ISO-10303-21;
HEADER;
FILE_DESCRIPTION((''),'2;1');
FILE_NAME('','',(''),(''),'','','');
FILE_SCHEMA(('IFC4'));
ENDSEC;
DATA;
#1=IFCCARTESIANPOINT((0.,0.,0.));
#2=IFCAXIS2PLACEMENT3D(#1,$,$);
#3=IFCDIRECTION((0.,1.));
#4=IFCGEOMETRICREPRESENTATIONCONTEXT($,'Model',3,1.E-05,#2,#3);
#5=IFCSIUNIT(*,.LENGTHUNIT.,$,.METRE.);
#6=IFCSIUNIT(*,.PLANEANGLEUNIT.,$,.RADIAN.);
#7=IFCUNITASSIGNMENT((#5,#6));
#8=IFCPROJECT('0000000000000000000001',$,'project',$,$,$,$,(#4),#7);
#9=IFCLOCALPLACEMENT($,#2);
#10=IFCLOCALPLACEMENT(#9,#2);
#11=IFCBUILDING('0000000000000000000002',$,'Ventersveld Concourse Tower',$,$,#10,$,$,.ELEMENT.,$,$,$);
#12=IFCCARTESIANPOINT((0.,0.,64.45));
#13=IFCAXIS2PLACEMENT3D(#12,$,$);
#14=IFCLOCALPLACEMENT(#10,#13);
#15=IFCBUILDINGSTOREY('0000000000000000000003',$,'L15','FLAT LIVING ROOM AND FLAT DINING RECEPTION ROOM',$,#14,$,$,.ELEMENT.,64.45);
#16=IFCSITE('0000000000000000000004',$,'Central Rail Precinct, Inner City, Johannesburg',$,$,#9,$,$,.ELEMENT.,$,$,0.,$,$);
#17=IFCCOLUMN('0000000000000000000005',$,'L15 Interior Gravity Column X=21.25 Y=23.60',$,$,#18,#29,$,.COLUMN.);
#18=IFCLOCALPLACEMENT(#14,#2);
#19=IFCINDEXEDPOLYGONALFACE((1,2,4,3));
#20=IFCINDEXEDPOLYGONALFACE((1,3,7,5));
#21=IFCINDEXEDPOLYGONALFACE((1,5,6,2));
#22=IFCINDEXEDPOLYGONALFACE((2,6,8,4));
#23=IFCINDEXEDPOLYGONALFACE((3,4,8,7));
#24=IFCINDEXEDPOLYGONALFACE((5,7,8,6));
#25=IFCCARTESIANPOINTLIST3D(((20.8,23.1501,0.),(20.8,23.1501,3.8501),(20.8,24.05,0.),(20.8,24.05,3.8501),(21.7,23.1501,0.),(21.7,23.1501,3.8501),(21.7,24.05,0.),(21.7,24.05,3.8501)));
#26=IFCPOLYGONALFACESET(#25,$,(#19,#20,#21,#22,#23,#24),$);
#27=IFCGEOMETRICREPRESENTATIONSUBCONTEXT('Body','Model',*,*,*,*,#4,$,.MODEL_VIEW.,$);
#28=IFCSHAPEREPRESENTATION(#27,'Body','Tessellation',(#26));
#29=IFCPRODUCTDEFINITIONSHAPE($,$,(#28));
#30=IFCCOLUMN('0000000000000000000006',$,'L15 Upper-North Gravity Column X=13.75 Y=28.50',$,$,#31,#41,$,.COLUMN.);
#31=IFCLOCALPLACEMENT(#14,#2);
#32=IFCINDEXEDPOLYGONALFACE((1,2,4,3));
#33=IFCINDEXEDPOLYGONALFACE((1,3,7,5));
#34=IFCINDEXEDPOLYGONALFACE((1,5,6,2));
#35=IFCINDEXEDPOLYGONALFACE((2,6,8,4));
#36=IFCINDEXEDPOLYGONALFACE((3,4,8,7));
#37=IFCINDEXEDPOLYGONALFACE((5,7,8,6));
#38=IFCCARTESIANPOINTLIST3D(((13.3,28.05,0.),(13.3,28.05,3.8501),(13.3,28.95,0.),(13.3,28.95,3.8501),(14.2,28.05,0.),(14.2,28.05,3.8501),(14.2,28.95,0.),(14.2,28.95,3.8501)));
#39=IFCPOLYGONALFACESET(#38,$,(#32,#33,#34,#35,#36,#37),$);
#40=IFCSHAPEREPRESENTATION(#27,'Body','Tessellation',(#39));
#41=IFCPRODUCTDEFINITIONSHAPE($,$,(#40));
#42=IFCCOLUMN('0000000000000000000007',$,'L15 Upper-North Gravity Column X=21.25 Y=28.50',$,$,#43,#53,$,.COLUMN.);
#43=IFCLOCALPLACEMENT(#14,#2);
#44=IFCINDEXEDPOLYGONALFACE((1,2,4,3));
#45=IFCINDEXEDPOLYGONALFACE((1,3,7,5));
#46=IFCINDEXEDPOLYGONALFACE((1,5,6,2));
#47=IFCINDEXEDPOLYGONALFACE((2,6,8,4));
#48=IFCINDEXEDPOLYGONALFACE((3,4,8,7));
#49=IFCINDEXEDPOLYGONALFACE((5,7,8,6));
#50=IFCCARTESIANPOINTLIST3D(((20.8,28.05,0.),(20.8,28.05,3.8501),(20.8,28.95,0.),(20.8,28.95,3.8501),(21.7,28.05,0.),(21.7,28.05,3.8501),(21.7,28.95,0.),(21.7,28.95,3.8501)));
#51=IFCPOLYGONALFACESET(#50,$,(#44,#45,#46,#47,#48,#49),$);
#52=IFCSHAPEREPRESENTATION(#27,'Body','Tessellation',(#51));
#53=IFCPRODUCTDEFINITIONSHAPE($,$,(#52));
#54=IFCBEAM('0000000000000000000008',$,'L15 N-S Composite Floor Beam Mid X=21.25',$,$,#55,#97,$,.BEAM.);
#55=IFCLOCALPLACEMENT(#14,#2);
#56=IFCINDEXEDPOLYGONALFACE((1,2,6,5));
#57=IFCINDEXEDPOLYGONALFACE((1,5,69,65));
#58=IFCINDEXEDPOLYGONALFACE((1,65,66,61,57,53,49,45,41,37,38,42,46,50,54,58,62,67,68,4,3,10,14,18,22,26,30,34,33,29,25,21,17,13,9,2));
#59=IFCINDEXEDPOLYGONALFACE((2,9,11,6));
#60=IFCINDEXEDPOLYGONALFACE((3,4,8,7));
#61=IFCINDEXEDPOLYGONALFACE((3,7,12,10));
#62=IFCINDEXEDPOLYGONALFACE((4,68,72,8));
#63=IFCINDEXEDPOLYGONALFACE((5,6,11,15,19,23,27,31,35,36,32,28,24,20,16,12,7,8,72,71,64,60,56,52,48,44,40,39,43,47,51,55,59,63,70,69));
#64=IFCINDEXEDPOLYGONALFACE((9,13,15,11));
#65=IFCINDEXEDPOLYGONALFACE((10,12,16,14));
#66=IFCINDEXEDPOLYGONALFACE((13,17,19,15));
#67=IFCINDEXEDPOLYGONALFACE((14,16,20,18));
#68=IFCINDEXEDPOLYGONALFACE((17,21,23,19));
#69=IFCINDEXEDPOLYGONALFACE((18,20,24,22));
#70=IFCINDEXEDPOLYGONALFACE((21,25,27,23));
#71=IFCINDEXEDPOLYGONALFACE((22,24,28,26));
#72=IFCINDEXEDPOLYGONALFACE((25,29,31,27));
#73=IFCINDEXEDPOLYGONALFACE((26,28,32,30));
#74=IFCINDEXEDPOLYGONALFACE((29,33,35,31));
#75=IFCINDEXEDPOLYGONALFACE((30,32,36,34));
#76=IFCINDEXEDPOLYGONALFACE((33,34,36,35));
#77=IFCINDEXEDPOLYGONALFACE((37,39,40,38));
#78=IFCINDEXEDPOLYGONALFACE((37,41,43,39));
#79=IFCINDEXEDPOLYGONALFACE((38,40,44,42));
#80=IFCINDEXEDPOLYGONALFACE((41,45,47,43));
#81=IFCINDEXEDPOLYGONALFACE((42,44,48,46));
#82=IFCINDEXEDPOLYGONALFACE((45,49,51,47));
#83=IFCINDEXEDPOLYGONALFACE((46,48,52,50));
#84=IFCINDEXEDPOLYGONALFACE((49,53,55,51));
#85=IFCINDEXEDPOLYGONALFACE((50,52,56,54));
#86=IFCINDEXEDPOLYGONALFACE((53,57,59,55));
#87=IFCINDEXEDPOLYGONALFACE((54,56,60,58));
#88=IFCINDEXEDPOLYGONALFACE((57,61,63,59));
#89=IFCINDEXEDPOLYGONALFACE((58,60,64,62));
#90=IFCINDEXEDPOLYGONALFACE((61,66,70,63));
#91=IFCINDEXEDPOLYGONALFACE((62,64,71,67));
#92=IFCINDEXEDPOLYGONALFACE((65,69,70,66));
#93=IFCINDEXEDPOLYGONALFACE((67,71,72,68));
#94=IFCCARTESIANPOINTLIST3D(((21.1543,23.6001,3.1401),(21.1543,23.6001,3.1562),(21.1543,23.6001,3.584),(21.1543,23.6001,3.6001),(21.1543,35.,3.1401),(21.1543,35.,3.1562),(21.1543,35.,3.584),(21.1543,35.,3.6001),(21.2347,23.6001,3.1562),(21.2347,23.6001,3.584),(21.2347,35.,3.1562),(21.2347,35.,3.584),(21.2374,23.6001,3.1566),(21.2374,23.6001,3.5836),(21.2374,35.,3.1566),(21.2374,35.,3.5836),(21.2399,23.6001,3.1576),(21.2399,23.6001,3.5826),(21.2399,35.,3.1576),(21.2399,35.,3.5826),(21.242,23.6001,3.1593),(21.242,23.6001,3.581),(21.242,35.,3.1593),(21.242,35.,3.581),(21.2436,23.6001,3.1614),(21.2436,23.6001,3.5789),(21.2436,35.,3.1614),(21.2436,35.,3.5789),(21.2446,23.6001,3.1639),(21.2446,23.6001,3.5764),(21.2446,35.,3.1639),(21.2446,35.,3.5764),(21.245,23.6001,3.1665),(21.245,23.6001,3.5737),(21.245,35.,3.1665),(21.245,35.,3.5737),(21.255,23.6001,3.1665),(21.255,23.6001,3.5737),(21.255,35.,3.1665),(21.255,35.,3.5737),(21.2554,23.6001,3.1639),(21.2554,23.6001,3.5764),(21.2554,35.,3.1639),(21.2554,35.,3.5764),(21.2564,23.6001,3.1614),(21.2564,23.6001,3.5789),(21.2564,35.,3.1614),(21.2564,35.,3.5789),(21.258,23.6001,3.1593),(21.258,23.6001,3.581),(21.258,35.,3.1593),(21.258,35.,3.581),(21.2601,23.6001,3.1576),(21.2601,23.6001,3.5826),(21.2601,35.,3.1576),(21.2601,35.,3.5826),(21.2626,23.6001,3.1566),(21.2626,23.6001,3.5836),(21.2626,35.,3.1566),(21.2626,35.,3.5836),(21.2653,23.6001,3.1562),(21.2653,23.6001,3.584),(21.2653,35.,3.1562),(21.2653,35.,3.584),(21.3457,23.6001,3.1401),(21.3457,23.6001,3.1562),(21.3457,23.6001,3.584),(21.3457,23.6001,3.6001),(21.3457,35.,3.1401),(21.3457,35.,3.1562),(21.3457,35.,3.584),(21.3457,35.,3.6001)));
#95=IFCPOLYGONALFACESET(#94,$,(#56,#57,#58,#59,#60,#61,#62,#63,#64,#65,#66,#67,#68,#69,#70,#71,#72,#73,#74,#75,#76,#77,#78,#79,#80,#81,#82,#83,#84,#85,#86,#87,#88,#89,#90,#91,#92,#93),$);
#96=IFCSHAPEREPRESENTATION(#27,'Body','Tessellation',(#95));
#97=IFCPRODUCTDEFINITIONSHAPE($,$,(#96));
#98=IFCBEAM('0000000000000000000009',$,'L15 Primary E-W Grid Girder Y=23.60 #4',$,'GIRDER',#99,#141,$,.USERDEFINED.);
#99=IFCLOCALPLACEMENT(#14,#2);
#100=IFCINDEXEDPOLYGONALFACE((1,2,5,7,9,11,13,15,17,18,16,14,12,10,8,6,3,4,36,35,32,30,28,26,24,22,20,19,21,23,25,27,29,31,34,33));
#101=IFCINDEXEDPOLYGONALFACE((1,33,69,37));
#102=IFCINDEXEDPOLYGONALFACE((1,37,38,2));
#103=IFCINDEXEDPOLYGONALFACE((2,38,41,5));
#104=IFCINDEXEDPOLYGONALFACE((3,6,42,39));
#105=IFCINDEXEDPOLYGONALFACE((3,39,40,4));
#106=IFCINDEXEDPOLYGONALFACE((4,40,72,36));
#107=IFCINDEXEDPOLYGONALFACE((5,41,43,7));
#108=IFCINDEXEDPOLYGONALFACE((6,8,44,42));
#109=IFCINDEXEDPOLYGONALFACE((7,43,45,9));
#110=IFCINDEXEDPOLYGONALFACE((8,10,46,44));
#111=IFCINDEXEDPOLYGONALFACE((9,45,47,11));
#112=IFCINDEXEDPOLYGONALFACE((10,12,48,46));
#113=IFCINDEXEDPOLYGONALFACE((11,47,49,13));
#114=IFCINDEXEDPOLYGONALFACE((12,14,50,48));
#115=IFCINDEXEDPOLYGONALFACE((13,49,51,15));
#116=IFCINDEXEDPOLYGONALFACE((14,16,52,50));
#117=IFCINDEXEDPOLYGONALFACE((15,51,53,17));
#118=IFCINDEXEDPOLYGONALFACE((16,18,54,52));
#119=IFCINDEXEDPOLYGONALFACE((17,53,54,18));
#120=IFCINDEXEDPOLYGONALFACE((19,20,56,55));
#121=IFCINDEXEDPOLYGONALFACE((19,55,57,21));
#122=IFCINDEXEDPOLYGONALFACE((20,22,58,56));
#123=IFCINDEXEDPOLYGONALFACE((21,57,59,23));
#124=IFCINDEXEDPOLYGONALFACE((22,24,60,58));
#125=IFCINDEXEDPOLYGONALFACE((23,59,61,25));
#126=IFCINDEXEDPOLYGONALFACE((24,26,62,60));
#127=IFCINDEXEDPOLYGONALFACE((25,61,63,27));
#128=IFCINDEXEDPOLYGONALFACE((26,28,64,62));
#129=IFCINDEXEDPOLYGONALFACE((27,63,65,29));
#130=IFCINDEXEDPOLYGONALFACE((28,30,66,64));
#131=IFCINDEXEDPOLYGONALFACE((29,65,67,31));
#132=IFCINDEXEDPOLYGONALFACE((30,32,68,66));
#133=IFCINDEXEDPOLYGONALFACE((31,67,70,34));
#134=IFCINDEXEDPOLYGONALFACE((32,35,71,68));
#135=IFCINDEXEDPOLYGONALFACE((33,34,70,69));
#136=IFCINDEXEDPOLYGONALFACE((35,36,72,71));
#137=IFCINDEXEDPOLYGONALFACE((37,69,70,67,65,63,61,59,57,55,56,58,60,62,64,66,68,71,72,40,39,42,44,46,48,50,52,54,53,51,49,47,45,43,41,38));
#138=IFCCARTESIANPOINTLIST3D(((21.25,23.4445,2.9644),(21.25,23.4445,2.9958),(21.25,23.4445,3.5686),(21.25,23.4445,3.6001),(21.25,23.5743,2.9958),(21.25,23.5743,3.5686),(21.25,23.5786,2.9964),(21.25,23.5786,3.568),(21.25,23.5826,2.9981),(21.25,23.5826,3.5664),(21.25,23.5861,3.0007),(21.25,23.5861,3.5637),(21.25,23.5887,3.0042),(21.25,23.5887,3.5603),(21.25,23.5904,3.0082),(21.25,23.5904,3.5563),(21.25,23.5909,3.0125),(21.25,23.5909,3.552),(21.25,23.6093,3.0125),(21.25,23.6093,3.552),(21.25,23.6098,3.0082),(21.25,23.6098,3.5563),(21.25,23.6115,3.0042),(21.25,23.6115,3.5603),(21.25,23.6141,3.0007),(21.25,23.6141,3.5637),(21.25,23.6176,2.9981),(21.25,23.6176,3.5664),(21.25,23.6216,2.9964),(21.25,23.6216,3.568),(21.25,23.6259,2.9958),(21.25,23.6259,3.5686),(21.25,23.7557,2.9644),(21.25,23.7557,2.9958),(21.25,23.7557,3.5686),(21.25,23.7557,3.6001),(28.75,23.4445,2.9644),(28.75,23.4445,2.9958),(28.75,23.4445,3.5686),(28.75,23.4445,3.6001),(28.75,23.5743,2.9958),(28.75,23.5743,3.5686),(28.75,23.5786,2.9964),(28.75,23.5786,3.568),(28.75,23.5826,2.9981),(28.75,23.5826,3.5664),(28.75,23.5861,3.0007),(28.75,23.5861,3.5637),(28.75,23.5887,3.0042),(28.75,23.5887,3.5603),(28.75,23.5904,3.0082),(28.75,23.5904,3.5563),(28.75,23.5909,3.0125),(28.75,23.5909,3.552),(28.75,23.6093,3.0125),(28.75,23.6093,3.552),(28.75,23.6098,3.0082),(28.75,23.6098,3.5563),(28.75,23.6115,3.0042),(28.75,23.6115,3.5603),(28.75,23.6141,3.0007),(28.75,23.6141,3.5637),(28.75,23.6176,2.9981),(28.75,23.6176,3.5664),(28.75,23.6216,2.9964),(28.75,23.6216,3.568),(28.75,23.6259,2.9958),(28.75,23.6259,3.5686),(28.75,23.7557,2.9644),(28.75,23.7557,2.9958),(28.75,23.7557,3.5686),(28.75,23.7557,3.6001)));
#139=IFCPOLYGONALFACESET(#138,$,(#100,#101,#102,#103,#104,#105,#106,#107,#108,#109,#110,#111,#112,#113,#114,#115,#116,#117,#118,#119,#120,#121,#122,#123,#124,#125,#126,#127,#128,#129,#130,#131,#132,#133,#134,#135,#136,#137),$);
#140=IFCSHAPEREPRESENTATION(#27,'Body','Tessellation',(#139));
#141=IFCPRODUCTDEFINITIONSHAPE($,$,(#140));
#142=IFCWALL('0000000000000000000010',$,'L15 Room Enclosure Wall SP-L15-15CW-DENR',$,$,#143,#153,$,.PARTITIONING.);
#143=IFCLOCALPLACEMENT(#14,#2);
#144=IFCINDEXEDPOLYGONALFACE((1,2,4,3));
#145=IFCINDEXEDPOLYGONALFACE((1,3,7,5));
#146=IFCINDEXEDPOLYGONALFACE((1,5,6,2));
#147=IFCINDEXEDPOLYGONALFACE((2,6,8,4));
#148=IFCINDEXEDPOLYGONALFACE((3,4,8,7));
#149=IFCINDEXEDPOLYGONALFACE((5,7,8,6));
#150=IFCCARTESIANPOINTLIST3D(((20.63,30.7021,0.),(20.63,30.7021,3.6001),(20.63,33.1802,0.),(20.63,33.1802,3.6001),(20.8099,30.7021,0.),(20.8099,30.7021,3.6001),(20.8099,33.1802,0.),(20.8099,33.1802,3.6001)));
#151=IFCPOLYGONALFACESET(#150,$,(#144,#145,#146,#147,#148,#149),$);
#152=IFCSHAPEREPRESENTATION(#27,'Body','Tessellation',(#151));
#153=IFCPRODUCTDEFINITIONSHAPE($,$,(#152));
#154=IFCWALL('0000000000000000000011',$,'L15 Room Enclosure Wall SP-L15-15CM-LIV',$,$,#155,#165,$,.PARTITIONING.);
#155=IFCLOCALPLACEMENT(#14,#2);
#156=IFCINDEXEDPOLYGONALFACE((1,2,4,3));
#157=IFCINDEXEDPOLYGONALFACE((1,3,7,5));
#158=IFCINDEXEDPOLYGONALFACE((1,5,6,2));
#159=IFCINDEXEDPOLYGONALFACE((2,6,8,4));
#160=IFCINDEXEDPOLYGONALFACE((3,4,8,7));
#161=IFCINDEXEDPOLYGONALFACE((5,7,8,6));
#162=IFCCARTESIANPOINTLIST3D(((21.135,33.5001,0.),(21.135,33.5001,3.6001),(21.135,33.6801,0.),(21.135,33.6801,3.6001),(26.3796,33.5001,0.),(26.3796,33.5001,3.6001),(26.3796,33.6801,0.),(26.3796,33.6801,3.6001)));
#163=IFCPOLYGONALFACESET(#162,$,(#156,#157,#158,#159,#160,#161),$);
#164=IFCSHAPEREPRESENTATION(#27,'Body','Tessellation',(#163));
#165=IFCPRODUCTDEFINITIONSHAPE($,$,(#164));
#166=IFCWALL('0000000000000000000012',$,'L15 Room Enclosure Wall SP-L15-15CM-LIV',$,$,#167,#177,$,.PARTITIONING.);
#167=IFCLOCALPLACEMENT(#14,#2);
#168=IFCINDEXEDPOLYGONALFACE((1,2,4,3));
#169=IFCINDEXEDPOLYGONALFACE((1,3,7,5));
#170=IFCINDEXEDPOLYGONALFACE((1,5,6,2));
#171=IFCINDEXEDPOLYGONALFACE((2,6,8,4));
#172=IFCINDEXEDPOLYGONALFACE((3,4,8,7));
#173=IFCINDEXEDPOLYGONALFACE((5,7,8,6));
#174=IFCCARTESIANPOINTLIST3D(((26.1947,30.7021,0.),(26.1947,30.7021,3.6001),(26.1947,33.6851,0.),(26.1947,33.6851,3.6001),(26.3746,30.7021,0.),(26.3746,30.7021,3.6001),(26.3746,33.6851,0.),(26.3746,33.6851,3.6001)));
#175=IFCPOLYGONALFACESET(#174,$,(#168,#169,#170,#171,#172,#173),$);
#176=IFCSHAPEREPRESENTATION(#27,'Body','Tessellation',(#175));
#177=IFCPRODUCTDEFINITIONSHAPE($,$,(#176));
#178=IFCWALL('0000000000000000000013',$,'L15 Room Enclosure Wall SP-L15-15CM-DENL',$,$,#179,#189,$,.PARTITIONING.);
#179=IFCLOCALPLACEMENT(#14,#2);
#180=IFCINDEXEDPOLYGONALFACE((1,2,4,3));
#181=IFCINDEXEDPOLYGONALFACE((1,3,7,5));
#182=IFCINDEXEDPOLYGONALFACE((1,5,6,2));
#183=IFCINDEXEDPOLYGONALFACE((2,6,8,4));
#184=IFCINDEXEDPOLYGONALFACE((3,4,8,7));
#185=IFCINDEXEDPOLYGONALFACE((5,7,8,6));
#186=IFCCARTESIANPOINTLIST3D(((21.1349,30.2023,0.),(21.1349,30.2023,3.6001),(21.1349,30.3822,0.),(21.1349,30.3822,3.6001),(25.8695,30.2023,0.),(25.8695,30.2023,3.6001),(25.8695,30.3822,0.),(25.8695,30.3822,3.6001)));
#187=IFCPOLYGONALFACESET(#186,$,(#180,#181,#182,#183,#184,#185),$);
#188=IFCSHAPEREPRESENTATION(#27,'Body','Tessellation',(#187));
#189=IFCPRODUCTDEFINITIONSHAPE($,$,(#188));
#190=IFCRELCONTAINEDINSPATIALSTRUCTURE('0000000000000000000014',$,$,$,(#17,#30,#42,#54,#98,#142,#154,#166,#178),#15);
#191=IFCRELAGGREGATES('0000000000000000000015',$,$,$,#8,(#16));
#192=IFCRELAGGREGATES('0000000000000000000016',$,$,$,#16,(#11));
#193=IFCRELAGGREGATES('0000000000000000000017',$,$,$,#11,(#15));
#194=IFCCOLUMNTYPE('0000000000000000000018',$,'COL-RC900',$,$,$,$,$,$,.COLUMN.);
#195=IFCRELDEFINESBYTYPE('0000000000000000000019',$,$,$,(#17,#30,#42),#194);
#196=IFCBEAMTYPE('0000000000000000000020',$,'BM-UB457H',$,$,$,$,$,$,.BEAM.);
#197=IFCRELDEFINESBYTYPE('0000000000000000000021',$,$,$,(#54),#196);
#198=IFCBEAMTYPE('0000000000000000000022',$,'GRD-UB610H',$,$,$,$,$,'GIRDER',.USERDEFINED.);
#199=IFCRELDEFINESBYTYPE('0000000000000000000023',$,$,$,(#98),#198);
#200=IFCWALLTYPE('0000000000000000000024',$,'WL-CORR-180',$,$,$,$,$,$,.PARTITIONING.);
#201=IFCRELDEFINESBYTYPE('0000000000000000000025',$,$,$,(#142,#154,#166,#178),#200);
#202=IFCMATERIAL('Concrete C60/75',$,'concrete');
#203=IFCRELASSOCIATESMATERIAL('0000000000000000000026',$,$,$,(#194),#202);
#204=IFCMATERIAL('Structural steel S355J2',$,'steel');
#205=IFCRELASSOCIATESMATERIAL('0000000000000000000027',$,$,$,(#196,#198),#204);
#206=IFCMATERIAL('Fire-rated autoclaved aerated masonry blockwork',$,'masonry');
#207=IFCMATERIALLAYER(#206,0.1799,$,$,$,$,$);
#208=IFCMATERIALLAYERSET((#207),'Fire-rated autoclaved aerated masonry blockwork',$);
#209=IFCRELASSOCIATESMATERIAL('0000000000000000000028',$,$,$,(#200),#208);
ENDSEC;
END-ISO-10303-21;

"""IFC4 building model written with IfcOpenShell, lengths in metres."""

from ifc_helpers import new_model, si_unit, direction, frame, frame_2d, origin, origin_2d, place, context, subcontext, project, spatial, rectangle, i_section, extrude, material, layer, layer_set, material_profile, profile_set, type_object, element, save


model = new_model("IFC4")

# Units and contexts
model_context = context("Model", 3, precision=1e-05, world=origin(), true_north=direction((0.0, 1.0)))
body_context = subcontext(model_context, "Body", "Model", "MODEL_VIEW")
ifc_project = project(units=[si_unit("LENGTHUNIT", "METRE"), si_unit("PLANEANGLEUNIT", "RADIAN")], contexts=[model_context])

# Site, building, storey
site_placement = place(None, origin())
site = spatial("IfcSite", under=ifc_project, at=site_placement, Name="Central Rail Precinct, Inner City, Johannesburg", CompositionType="ELEMENT", RefElevation=0.0)
building_placement = place(site_placement, origin())
building = spatial("IfcBuilding", under=site, at=building_placement, Name="Ventersveld Concourse Tower", CompositionType="ELEMENT")
storey_placement = place(building_placement, frame((0.0, 0.0, 64.45)))
storey = spatial("IfcBuildingStorey", under=building, at=storey_placement, Name="L15", Description="FLAT LIVING ROOM AND FLAT DINING RECEPTION ROOM", CompositionType="ELEMENT", Elevation=64.45)

# Columns
ifc_material_1 = material(Name="Concrete C60/75", Category="concrete")
ifc_material_profile_1 = material_profile(ifc_material_1, rectangle(XDim=0.8999, YDim=0.8999, at=origin_2d()), Name="RC 900x900")
ifc_profile_set_1 = profile_set([ifc_material_profile_1], Name="Concrete C60/75")
column_type = type_object("IfcColumnType", Name="COL-RC900", PredefinedType="COLUMN", material=ifc_profile_set_1)
for number, where, z_axis, x_axis, name in (
    (1, (21.25, 23.6001, 0.0), (0.0, 0.0, 1.0), (1.0, 0.0, 0.0), "L15 Interior Gravity Column X=21.25 Y=23.60"),
    (2, (13.75, 28.5, 0.0), (0.0, 0.0, 1.0), (1.0, 0.0, 0.0), "L15 Upper-North Gravity Column X=13.75 Y=28.50"),
    (3, (21.25, 28.5, 0.0), (0.0, 0.0, 1.0), (1.0, 0.0, 0.0), "L15 Upper-North Gravity Column X=21.25 Y=28.50"),
):
    element("IfcColumn", number, at=place(storey_placement, frame(where, z_axis=z_axis, x_axis=x_axis)), inside=storey, type_object=column_type, Name=name, PredefinedType="COLUMN", context=body_context, shape_type="SweptSolid", body=[
        extrude(rectangle(XDim=0.8999, YDim=0.8999, at=origin_2d()), origin(), (0.0, 0.0, 1.0), 3.8501),
    ])

# Beams
ifc_material_2 = material(Name="Structural steel S355J2", Category="steel")
ifc_material_profile_2 = material_profile(ifc_material_2, i_section(OverallWidth=0.1914, OverallDepth=0.46, WebThickness=0.01, FlangeThickness=0.0161, FilletRadius=0.0103, at=origin_2d()), Name="UB 457x191x82")
ifc_profile_set_2 = profile_set([ifc_material_profile_2], Name="Structural steel S355J2")
beam_type_1 = type_object("IfcBeamType", Name="BM-UB457H", PredefinedType="BEAM", material=ifc_profile_set_2)
beam_1_placement = place(storey_placement, frame((21.25, 23.6001, 3.3701), z_axis=(0.0, 1.0, 0.0), x_axis=(-1.0, 0.0, 0.0)))
element("IfcBeam", 4, at=beam_1_placement, inside=storey, type_object=beam_type_1, Name="L15 N-S Composite Floor Beam Mid X=21.25", PredefinedType="BEAM", context=body_context, shape_type="SweptSolid", body=[
    extrude(i_section(OverallWidth=0.1914, OverallDepth=0.46, WebThickness=0.01, FlangeThickness=0.0161, FilletRadius=0.0103, at=origin_2d()), origin(), (0.0, 0.0, 1.0), 11.3999),
])
ifc_material_profile_3 = material_profile(ifc_material_2, i_section(OverallWidth=0.3113, OverallDepth=0.6357, WebThickness=0.0183, FlangeThickness=0.0315, FilletRadius=0.0166, at=origin_2d()), Name="UB 610x305x238")
ifc_profile_set_3 = profile_set([ifc_material_profile_3], Name="Structural steel S355J2")
beam_type_2 = type_object("IfcBeamType", Name="GRD-UB610H", ElementType="GIRDER", PredefinedType="USERDEFINED", material=ifc_profile_set_3)
beam_2_placement = place(storey_placement, frame((21.25, 23.6001, 3.2822), z_axis=(1.0, 0.0, 0.0), x_axis=(0.0, 1.0, 0.0)))
element("IfcBeam", 5, at=beam_2_placement, inside=storey, type_object=beam_type_2, Name="L15 Primary E-W Grid Girder Y=23.60 #4", ObjectType="GIRDER", PredefinedType="USERDEFINED", context=body_context, shape_type="SweptSolid", body=[
    extrude(i_section(OverallWidth=0.3113, OverallDepth=0.6357, WebThickness=0.0183, FlangeThickness=0.0315, FilletRadius=0.0166, at=origin_2d()), origin(), (0.0, 0.0, 1.0), 7.5),
])

# Walls
ifc_material_3 = material(Name="Fire-rated autoclaved aerated masonry blockwork", Category="masonry")
ifc_layer_1 = layer(ifc_material_3, 0.1799)
ifc_layer_set_1 = layer_set([ifc_layer_1], Name="Fire-rated autoclaved aerated masonry blockwork")
wall_type_1 = type_object("IfcWallType", Name="WL-CORR-180", PredefinedType="PARTITIONING", material=ifc_layer_set_1)
wall_1_placement = place(storey_placement, frame((20.72, 33.1802, 0.0), z_axis=(0.0, 0.0, 1.0), x_axis=(0.0, -1.0, 0.0)))
element("IfcWall", 6, at=wall_1_placement, inside=storey, type_object=wall_type_1, Name="L15 Room Enclosure Wall SP-L15-15CW-DENR", PredefinedType="PARTITIONING", context=body_context, shape_type="SweptSolid", body=[
    extrude(rectangle(XDim=2.478, YDim=0.1799, at=frame_2d((1.239, 0.0))), origin(), (0.0, 0.0, 1.0), 3.6001),
])
wall_2_placement = place(storey_placement, frame((26.3796, 33.5901, 0.0), z_axis=(0.0, 0.0, 1.0), x_axis=(-1.0, 0.0, 0.0)))
element("IfcWall", 7, at=wall_2_placement, inside=storey, type_object=wall_type_1, Name="L15 Room Enclosure Wall SP-L15-15CM-LIV", PredefinedType="PARTITIONING", context=body_context, shape_type="SweptSolid", body=[
    extrude(rectangle(XDim=5.2446, YDim=0.1799, at=frame_2d((2.6223, 0.0))), origin(), (0.0, 0.0, 1.0), 3.6001),
])
wall_3_placement = place(storey_placement, frame((26.2847, 30.7021, 0.0), z_axis=(0.0, 0.0, 1.0), x_axis=(0.0, 1.0, 0.0)))
element("IfcWall", 8, at=wall_3_placement, inside=storey, type_object=wall_type_1, Name="L15 Room Enclosure Wall SP-L15-15CM-LIV", PredefinedType="PARTITIONING", context=body_context, shape_type="SweptSolid", body=[
    extrude(rectangle(XDim=2.9829, YDim=0.1799, at=frame_2d((1.4915, 0.0))), origin(), (0.0, 0.0, 1.0), 3.6001),
])
wall_4_placement = place(storey_placement, frame((21.135, 30.2922, 0.0), z_axis=(0.0, 0.0, 1.0), x_axis=(1.0, 0.0, 0.0)))
element("IfcWall", 9, at=wall_4_placement, inside=storey, type_object=wall_type_1, Name="L15 Room Enclosure Wall SP-L15-15CM-DENL", PredefinedType="PARTITIONING", context=body_context, shape_type="SweptSolid", body=[
    extrude(rectangle(XDim=4.7346, YDim=0.1799, at=frame_2d((2.3672, 0.0))), origin(), (0.0, 0.0, 1.0), 3.6001),
])

save(model, "model.ifc")
